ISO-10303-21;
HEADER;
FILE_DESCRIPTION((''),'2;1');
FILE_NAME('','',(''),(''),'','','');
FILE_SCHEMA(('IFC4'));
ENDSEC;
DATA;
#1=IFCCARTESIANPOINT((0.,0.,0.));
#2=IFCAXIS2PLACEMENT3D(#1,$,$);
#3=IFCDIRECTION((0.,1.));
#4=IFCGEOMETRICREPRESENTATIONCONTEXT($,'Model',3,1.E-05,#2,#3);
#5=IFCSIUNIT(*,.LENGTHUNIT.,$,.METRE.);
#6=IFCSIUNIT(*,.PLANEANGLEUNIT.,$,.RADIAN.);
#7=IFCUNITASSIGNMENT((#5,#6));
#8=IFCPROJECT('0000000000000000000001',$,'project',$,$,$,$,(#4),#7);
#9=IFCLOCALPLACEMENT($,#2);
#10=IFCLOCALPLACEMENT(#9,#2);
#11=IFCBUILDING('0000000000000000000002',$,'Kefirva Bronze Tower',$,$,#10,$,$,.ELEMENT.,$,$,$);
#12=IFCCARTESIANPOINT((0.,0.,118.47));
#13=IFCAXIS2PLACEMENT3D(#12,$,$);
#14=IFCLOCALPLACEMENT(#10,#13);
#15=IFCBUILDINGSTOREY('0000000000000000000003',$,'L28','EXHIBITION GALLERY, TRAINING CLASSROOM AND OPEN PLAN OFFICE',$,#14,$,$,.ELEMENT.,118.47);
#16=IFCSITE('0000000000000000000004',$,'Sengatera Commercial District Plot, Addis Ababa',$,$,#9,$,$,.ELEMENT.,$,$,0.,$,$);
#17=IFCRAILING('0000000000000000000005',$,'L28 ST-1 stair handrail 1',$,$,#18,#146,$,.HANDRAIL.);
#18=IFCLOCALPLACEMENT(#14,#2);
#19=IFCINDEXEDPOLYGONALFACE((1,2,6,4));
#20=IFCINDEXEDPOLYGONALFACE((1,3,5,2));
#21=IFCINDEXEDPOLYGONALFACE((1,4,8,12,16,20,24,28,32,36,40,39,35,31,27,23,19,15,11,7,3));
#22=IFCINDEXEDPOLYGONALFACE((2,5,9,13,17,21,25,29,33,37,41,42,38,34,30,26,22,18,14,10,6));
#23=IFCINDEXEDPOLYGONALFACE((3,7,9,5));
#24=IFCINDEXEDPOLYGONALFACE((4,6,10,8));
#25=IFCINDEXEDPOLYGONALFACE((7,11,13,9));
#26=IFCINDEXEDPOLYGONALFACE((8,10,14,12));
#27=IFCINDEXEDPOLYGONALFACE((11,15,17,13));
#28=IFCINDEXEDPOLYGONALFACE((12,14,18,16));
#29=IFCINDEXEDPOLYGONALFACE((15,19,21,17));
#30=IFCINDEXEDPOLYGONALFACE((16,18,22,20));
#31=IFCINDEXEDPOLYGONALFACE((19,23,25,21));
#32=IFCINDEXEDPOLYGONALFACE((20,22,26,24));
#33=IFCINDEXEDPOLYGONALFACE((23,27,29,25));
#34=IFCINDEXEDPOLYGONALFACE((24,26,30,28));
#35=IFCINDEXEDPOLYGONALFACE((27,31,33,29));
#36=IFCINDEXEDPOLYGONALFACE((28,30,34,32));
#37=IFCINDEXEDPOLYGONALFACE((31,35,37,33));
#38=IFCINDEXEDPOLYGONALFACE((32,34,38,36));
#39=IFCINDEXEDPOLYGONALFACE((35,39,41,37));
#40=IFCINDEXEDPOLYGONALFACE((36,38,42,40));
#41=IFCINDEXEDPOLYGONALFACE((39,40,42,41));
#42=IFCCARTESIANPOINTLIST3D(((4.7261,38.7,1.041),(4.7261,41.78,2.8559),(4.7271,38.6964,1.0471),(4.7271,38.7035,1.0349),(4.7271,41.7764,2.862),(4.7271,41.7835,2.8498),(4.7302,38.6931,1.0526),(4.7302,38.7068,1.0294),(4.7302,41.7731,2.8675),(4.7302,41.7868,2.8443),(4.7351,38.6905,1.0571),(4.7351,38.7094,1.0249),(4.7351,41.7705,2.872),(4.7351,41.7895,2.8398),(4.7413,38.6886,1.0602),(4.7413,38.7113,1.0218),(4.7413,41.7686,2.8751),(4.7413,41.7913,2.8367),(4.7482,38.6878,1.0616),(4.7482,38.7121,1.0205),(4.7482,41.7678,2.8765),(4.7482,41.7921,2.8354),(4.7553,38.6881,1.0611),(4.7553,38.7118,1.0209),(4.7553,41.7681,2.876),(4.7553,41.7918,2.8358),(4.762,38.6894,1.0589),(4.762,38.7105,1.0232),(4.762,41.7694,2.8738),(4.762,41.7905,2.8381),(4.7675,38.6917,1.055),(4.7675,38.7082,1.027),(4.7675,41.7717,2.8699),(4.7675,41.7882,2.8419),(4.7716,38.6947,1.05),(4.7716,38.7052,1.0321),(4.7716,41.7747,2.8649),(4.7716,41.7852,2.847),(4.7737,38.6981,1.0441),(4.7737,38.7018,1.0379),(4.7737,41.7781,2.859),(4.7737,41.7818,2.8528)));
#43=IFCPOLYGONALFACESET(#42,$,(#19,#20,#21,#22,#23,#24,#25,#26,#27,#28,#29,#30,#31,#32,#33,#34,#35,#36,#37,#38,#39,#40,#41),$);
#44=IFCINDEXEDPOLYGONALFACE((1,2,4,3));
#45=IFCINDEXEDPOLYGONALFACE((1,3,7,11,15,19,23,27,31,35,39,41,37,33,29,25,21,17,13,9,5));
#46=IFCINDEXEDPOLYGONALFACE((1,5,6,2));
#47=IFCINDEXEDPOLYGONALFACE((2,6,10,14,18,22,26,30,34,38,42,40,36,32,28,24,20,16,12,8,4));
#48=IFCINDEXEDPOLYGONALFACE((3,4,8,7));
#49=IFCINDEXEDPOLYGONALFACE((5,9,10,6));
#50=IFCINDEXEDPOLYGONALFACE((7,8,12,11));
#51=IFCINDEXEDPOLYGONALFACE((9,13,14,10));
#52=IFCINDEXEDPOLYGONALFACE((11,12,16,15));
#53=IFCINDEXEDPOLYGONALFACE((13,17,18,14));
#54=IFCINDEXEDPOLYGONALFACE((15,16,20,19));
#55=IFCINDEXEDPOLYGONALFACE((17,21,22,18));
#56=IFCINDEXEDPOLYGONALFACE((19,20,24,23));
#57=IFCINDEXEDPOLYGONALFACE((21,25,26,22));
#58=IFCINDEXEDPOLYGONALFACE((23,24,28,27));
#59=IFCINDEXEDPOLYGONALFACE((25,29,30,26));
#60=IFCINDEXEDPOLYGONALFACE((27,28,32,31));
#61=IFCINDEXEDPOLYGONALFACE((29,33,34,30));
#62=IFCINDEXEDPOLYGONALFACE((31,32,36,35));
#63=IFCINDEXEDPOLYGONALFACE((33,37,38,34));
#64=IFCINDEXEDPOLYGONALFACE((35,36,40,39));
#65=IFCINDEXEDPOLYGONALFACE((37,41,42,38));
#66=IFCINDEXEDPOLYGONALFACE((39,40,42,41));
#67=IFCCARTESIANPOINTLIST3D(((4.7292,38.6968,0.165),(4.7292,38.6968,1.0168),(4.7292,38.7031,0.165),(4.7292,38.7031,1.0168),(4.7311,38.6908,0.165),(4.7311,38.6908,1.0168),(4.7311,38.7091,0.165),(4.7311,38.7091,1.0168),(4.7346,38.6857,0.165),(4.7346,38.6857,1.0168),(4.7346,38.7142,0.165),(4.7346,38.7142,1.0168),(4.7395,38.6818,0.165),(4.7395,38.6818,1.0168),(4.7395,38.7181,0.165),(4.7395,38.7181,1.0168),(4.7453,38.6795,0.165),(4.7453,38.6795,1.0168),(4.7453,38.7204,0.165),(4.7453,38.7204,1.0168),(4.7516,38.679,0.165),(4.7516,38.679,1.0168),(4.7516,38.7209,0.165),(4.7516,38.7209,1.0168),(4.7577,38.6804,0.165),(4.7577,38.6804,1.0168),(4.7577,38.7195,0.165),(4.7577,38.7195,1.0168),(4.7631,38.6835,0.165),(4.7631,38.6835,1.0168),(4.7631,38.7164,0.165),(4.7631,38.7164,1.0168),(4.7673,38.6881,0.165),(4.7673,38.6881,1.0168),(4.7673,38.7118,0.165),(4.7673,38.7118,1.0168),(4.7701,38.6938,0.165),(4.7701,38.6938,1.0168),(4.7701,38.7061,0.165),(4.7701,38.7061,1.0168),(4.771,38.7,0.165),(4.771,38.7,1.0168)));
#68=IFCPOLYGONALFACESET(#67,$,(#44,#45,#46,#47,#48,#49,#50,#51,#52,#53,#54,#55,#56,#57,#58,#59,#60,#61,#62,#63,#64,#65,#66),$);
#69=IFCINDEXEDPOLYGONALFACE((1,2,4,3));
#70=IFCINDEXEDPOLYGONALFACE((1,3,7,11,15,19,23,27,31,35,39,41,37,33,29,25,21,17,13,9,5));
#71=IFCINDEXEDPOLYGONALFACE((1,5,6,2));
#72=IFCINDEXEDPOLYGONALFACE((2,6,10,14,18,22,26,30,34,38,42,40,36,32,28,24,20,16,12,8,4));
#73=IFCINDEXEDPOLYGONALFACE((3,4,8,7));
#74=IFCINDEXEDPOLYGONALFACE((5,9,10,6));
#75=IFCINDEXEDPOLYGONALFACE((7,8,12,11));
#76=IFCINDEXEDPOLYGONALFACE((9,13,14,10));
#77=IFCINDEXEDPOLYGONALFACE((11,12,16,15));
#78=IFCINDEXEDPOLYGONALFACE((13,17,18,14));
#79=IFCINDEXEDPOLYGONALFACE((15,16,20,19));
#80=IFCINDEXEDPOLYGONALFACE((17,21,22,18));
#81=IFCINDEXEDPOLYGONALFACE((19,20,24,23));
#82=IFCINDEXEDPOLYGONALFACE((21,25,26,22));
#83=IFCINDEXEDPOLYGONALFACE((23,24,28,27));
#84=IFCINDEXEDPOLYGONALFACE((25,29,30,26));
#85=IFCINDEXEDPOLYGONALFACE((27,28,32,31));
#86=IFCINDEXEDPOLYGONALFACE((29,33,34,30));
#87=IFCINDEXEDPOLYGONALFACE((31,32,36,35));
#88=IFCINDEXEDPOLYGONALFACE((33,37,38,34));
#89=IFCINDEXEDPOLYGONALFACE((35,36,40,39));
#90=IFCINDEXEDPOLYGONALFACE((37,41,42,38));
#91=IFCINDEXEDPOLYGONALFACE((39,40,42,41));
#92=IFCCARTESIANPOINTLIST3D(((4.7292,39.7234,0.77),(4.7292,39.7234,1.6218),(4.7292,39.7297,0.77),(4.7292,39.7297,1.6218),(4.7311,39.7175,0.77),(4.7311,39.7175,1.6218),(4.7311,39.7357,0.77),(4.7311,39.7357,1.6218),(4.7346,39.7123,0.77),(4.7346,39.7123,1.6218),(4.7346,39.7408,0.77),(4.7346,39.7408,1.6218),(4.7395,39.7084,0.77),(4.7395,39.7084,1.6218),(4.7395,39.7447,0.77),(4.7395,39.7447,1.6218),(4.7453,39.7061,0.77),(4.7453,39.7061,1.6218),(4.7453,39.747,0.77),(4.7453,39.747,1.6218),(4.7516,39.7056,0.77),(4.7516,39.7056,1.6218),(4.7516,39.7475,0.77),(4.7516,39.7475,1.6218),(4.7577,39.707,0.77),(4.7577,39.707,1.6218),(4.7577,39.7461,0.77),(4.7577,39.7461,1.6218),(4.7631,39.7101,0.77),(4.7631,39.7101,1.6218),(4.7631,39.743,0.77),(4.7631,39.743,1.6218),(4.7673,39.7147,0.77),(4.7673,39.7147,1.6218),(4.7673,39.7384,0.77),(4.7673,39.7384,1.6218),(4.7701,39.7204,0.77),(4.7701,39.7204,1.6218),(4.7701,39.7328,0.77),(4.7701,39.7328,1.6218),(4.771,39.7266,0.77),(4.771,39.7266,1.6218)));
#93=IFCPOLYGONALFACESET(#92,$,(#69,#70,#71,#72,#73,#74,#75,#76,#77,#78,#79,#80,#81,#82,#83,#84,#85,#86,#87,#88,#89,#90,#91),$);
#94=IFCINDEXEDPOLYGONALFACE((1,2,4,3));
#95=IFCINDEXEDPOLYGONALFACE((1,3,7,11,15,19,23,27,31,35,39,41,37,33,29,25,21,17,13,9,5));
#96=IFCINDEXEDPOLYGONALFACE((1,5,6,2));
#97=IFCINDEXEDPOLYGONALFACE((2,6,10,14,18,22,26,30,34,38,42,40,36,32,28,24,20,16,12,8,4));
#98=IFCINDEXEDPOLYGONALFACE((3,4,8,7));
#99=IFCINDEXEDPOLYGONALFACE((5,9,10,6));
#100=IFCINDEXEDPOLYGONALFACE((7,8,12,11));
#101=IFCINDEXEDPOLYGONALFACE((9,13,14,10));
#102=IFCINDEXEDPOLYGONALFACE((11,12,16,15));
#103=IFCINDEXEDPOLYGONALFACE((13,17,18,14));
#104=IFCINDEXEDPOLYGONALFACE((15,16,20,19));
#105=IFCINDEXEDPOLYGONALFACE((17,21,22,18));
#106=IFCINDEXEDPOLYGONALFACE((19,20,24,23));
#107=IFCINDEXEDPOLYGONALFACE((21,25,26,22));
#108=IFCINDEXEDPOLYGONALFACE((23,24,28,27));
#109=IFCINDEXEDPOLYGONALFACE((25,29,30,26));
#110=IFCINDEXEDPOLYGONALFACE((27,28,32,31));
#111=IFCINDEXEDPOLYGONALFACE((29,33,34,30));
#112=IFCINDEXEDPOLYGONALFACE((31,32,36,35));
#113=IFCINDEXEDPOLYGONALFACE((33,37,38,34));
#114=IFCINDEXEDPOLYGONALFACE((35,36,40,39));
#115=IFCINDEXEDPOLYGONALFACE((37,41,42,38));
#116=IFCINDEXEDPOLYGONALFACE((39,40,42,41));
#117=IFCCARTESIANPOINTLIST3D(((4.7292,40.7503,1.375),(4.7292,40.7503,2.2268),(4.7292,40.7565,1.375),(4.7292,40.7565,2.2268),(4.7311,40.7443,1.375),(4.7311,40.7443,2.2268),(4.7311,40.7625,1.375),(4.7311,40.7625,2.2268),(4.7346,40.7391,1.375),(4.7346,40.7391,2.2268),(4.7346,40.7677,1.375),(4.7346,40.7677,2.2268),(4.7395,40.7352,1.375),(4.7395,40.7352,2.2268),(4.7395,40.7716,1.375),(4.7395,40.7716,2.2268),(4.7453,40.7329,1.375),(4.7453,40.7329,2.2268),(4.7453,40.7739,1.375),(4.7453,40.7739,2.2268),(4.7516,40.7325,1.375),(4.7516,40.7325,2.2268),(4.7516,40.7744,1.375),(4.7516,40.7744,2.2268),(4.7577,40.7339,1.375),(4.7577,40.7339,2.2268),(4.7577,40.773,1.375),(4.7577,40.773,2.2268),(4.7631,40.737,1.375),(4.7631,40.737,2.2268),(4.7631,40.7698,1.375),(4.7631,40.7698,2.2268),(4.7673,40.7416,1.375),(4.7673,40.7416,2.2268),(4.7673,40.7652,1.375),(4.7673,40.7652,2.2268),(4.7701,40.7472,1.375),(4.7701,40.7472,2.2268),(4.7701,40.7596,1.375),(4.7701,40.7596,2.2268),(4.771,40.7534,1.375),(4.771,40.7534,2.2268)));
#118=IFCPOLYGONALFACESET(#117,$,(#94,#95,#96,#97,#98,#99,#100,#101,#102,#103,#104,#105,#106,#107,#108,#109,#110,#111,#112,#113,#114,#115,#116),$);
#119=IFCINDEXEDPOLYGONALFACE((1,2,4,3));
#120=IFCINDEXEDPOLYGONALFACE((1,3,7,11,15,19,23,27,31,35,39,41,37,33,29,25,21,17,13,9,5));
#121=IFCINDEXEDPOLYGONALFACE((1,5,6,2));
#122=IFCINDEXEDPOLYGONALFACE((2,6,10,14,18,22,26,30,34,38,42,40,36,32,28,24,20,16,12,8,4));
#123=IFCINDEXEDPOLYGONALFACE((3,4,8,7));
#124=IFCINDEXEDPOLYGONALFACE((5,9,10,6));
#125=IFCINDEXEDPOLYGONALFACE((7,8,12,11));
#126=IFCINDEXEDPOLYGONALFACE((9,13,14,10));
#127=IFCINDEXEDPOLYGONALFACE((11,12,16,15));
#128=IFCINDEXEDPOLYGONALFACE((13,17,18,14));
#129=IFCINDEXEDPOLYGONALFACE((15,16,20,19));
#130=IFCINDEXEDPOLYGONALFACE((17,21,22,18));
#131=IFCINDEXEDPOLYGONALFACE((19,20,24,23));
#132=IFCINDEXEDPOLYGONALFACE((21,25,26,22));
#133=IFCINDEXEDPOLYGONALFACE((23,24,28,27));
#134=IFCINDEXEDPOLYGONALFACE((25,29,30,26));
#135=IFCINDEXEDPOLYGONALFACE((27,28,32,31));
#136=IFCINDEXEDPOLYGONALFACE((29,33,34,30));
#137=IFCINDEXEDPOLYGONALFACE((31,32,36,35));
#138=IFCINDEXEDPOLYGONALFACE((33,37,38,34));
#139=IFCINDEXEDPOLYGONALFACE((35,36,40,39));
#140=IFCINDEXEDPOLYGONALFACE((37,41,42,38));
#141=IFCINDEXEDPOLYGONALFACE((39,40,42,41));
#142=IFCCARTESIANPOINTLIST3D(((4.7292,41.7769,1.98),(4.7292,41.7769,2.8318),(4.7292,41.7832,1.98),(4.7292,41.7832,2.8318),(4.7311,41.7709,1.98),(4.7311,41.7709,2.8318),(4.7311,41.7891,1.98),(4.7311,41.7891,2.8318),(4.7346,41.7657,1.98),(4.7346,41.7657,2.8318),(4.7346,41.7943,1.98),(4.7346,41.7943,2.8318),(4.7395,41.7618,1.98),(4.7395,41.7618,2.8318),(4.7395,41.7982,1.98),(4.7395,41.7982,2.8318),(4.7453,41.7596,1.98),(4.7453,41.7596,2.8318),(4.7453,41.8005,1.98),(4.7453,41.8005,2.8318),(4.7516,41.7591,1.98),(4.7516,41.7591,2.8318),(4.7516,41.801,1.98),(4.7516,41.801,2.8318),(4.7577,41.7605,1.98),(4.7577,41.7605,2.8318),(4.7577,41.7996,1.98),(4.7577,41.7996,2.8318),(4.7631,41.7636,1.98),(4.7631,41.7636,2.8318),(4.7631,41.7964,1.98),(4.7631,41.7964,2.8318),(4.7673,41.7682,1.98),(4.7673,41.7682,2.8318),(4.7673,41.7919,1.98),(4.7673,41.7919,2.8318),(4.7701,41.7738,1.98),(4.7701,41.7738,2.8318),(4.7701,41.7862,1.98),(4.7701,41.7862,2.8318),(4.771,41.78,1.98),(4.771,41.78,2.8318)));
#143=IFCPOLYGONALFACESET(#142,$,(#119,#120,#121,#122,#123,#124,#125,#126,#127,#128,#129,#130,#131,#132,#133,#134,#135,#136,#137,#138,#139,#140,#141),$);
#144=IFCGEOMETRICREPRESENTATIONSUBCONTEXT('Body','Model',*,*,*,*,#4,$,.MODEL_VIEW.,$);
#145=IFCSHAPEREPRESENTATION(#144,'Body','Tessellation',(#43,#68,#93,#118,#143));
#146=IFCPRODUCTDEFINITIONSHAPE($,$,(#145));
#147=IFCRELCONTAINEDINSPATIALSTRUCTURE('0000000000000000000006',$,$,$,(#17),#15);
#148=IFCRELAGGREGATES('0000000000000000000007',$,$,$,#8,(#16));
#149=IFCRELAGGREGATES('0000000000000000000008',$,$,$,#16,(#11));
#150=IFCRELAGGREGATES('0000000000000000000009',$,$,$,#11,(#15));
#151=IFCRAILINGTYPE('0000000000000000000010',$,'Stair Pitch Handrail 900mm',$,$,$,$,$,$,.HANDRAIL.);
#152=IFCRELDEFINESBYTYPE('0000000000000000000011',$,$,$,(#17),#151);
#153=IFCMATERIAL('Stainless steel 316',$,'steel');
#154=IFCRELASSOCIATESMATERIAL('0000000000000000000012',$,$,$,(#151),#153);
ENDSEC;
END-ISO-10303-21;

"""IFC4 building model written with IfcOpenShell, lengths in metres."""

from ifc_helpers import new_model, si_unit, direction, frame, origin, origin_2d, place, context, subcontext, project, spatial, circle, extrude, material, type_object, element, save


model = new_model("IFC4")

# Units and contexts
model_context = context("Model", 3, precision=1e-05, world=origin(), true_north=direction((0.0, 1.0)))
body_context = subcontext(model_context, "Body", "Model", "MODEL_VIEW")
ifc_project = project(units=[si_unit("LENGTHUNIT", "METRE"), si_unit("PLANEANGLEUNIT", "RADIAN")], contexts=[model_context])

# Site, building, storey
site_placement = place(None, origin())
site = spatial("IfcSite", under=ifc_project, at=site_placement, Name="Sengatera Commercial District Plot, Addis Ababa", CompositionType="ELEMENT", RefElevation=0.0)
building_placement = place(site_placement, origin())
building = spatial("IfcBuilding", under=site, at=building_placement, Name="Kefirva Bronze Tower", CompositionType="ELEMENT")
storey_placement = place(building_placement, frame((0.0, 0.0, 118.47)))
storey = spatial("IfcBuildingStorey", under=building, at=storey_placement, Name="L28", Description="EXHIBITION GALLERY, TRAINING CLASSROOM AND OPEN PLAN OFFICE", CompositionType="ELEMENT", Elevation=118.47)

# Shared definitions
ifc_material_1 = material(Name="Stainless steel 316", Category="steel")

# Railing
railing_type = type_object("IfcRailingType", Name="Stair Pitch Handrail 900mm", PredefinedType="HANDRAIL", material=ifc_material_1)
railing_placement = place(storey_placement, frame((4.75, 38.7, 0.165)))
element("IfcRailing", 1, at=railing_placement, inside=storey, type_object=railing_type, Name="L28 ST-1 stair handrail 1", PredefinedType="HANDRAIL", context=body_context, shape_type="SweptSolid", body=[
    extrude(circle(Radius=0.0239, at=origin_2d()), frame((0.0, 0.0, 0.876), z_axis=(0.0, 0.861551, 0.507671), x_axis=(-1.0, 0.0, 0.0)), (0.0, 0.0, 1.0), 3.575),
    extrude(circle(Radius=0.021, at=origin_2d()), origin(), (0.0, 0.0, 1.0), 0.8518),
    extrude(circle(Radius=0.021, at=origin_2d()), frame((0.0, 1.0266, 0.605)), (0.0, 0.0, 1.0), 0.8518),
    extrude(circle(Radius=0.021, at=origin_2d()), frame((0.0, 2.0535, 1.21)), (0.0, 0.0, 1.0), 0.8518),
    extrude(circle(Radius=0.021, at=origin_2d()), frame((0.0, 3.0801, 1.8149)), (0.0, 0.0, 1.0), 0.8518),
])

save(model, "model.ifc")
